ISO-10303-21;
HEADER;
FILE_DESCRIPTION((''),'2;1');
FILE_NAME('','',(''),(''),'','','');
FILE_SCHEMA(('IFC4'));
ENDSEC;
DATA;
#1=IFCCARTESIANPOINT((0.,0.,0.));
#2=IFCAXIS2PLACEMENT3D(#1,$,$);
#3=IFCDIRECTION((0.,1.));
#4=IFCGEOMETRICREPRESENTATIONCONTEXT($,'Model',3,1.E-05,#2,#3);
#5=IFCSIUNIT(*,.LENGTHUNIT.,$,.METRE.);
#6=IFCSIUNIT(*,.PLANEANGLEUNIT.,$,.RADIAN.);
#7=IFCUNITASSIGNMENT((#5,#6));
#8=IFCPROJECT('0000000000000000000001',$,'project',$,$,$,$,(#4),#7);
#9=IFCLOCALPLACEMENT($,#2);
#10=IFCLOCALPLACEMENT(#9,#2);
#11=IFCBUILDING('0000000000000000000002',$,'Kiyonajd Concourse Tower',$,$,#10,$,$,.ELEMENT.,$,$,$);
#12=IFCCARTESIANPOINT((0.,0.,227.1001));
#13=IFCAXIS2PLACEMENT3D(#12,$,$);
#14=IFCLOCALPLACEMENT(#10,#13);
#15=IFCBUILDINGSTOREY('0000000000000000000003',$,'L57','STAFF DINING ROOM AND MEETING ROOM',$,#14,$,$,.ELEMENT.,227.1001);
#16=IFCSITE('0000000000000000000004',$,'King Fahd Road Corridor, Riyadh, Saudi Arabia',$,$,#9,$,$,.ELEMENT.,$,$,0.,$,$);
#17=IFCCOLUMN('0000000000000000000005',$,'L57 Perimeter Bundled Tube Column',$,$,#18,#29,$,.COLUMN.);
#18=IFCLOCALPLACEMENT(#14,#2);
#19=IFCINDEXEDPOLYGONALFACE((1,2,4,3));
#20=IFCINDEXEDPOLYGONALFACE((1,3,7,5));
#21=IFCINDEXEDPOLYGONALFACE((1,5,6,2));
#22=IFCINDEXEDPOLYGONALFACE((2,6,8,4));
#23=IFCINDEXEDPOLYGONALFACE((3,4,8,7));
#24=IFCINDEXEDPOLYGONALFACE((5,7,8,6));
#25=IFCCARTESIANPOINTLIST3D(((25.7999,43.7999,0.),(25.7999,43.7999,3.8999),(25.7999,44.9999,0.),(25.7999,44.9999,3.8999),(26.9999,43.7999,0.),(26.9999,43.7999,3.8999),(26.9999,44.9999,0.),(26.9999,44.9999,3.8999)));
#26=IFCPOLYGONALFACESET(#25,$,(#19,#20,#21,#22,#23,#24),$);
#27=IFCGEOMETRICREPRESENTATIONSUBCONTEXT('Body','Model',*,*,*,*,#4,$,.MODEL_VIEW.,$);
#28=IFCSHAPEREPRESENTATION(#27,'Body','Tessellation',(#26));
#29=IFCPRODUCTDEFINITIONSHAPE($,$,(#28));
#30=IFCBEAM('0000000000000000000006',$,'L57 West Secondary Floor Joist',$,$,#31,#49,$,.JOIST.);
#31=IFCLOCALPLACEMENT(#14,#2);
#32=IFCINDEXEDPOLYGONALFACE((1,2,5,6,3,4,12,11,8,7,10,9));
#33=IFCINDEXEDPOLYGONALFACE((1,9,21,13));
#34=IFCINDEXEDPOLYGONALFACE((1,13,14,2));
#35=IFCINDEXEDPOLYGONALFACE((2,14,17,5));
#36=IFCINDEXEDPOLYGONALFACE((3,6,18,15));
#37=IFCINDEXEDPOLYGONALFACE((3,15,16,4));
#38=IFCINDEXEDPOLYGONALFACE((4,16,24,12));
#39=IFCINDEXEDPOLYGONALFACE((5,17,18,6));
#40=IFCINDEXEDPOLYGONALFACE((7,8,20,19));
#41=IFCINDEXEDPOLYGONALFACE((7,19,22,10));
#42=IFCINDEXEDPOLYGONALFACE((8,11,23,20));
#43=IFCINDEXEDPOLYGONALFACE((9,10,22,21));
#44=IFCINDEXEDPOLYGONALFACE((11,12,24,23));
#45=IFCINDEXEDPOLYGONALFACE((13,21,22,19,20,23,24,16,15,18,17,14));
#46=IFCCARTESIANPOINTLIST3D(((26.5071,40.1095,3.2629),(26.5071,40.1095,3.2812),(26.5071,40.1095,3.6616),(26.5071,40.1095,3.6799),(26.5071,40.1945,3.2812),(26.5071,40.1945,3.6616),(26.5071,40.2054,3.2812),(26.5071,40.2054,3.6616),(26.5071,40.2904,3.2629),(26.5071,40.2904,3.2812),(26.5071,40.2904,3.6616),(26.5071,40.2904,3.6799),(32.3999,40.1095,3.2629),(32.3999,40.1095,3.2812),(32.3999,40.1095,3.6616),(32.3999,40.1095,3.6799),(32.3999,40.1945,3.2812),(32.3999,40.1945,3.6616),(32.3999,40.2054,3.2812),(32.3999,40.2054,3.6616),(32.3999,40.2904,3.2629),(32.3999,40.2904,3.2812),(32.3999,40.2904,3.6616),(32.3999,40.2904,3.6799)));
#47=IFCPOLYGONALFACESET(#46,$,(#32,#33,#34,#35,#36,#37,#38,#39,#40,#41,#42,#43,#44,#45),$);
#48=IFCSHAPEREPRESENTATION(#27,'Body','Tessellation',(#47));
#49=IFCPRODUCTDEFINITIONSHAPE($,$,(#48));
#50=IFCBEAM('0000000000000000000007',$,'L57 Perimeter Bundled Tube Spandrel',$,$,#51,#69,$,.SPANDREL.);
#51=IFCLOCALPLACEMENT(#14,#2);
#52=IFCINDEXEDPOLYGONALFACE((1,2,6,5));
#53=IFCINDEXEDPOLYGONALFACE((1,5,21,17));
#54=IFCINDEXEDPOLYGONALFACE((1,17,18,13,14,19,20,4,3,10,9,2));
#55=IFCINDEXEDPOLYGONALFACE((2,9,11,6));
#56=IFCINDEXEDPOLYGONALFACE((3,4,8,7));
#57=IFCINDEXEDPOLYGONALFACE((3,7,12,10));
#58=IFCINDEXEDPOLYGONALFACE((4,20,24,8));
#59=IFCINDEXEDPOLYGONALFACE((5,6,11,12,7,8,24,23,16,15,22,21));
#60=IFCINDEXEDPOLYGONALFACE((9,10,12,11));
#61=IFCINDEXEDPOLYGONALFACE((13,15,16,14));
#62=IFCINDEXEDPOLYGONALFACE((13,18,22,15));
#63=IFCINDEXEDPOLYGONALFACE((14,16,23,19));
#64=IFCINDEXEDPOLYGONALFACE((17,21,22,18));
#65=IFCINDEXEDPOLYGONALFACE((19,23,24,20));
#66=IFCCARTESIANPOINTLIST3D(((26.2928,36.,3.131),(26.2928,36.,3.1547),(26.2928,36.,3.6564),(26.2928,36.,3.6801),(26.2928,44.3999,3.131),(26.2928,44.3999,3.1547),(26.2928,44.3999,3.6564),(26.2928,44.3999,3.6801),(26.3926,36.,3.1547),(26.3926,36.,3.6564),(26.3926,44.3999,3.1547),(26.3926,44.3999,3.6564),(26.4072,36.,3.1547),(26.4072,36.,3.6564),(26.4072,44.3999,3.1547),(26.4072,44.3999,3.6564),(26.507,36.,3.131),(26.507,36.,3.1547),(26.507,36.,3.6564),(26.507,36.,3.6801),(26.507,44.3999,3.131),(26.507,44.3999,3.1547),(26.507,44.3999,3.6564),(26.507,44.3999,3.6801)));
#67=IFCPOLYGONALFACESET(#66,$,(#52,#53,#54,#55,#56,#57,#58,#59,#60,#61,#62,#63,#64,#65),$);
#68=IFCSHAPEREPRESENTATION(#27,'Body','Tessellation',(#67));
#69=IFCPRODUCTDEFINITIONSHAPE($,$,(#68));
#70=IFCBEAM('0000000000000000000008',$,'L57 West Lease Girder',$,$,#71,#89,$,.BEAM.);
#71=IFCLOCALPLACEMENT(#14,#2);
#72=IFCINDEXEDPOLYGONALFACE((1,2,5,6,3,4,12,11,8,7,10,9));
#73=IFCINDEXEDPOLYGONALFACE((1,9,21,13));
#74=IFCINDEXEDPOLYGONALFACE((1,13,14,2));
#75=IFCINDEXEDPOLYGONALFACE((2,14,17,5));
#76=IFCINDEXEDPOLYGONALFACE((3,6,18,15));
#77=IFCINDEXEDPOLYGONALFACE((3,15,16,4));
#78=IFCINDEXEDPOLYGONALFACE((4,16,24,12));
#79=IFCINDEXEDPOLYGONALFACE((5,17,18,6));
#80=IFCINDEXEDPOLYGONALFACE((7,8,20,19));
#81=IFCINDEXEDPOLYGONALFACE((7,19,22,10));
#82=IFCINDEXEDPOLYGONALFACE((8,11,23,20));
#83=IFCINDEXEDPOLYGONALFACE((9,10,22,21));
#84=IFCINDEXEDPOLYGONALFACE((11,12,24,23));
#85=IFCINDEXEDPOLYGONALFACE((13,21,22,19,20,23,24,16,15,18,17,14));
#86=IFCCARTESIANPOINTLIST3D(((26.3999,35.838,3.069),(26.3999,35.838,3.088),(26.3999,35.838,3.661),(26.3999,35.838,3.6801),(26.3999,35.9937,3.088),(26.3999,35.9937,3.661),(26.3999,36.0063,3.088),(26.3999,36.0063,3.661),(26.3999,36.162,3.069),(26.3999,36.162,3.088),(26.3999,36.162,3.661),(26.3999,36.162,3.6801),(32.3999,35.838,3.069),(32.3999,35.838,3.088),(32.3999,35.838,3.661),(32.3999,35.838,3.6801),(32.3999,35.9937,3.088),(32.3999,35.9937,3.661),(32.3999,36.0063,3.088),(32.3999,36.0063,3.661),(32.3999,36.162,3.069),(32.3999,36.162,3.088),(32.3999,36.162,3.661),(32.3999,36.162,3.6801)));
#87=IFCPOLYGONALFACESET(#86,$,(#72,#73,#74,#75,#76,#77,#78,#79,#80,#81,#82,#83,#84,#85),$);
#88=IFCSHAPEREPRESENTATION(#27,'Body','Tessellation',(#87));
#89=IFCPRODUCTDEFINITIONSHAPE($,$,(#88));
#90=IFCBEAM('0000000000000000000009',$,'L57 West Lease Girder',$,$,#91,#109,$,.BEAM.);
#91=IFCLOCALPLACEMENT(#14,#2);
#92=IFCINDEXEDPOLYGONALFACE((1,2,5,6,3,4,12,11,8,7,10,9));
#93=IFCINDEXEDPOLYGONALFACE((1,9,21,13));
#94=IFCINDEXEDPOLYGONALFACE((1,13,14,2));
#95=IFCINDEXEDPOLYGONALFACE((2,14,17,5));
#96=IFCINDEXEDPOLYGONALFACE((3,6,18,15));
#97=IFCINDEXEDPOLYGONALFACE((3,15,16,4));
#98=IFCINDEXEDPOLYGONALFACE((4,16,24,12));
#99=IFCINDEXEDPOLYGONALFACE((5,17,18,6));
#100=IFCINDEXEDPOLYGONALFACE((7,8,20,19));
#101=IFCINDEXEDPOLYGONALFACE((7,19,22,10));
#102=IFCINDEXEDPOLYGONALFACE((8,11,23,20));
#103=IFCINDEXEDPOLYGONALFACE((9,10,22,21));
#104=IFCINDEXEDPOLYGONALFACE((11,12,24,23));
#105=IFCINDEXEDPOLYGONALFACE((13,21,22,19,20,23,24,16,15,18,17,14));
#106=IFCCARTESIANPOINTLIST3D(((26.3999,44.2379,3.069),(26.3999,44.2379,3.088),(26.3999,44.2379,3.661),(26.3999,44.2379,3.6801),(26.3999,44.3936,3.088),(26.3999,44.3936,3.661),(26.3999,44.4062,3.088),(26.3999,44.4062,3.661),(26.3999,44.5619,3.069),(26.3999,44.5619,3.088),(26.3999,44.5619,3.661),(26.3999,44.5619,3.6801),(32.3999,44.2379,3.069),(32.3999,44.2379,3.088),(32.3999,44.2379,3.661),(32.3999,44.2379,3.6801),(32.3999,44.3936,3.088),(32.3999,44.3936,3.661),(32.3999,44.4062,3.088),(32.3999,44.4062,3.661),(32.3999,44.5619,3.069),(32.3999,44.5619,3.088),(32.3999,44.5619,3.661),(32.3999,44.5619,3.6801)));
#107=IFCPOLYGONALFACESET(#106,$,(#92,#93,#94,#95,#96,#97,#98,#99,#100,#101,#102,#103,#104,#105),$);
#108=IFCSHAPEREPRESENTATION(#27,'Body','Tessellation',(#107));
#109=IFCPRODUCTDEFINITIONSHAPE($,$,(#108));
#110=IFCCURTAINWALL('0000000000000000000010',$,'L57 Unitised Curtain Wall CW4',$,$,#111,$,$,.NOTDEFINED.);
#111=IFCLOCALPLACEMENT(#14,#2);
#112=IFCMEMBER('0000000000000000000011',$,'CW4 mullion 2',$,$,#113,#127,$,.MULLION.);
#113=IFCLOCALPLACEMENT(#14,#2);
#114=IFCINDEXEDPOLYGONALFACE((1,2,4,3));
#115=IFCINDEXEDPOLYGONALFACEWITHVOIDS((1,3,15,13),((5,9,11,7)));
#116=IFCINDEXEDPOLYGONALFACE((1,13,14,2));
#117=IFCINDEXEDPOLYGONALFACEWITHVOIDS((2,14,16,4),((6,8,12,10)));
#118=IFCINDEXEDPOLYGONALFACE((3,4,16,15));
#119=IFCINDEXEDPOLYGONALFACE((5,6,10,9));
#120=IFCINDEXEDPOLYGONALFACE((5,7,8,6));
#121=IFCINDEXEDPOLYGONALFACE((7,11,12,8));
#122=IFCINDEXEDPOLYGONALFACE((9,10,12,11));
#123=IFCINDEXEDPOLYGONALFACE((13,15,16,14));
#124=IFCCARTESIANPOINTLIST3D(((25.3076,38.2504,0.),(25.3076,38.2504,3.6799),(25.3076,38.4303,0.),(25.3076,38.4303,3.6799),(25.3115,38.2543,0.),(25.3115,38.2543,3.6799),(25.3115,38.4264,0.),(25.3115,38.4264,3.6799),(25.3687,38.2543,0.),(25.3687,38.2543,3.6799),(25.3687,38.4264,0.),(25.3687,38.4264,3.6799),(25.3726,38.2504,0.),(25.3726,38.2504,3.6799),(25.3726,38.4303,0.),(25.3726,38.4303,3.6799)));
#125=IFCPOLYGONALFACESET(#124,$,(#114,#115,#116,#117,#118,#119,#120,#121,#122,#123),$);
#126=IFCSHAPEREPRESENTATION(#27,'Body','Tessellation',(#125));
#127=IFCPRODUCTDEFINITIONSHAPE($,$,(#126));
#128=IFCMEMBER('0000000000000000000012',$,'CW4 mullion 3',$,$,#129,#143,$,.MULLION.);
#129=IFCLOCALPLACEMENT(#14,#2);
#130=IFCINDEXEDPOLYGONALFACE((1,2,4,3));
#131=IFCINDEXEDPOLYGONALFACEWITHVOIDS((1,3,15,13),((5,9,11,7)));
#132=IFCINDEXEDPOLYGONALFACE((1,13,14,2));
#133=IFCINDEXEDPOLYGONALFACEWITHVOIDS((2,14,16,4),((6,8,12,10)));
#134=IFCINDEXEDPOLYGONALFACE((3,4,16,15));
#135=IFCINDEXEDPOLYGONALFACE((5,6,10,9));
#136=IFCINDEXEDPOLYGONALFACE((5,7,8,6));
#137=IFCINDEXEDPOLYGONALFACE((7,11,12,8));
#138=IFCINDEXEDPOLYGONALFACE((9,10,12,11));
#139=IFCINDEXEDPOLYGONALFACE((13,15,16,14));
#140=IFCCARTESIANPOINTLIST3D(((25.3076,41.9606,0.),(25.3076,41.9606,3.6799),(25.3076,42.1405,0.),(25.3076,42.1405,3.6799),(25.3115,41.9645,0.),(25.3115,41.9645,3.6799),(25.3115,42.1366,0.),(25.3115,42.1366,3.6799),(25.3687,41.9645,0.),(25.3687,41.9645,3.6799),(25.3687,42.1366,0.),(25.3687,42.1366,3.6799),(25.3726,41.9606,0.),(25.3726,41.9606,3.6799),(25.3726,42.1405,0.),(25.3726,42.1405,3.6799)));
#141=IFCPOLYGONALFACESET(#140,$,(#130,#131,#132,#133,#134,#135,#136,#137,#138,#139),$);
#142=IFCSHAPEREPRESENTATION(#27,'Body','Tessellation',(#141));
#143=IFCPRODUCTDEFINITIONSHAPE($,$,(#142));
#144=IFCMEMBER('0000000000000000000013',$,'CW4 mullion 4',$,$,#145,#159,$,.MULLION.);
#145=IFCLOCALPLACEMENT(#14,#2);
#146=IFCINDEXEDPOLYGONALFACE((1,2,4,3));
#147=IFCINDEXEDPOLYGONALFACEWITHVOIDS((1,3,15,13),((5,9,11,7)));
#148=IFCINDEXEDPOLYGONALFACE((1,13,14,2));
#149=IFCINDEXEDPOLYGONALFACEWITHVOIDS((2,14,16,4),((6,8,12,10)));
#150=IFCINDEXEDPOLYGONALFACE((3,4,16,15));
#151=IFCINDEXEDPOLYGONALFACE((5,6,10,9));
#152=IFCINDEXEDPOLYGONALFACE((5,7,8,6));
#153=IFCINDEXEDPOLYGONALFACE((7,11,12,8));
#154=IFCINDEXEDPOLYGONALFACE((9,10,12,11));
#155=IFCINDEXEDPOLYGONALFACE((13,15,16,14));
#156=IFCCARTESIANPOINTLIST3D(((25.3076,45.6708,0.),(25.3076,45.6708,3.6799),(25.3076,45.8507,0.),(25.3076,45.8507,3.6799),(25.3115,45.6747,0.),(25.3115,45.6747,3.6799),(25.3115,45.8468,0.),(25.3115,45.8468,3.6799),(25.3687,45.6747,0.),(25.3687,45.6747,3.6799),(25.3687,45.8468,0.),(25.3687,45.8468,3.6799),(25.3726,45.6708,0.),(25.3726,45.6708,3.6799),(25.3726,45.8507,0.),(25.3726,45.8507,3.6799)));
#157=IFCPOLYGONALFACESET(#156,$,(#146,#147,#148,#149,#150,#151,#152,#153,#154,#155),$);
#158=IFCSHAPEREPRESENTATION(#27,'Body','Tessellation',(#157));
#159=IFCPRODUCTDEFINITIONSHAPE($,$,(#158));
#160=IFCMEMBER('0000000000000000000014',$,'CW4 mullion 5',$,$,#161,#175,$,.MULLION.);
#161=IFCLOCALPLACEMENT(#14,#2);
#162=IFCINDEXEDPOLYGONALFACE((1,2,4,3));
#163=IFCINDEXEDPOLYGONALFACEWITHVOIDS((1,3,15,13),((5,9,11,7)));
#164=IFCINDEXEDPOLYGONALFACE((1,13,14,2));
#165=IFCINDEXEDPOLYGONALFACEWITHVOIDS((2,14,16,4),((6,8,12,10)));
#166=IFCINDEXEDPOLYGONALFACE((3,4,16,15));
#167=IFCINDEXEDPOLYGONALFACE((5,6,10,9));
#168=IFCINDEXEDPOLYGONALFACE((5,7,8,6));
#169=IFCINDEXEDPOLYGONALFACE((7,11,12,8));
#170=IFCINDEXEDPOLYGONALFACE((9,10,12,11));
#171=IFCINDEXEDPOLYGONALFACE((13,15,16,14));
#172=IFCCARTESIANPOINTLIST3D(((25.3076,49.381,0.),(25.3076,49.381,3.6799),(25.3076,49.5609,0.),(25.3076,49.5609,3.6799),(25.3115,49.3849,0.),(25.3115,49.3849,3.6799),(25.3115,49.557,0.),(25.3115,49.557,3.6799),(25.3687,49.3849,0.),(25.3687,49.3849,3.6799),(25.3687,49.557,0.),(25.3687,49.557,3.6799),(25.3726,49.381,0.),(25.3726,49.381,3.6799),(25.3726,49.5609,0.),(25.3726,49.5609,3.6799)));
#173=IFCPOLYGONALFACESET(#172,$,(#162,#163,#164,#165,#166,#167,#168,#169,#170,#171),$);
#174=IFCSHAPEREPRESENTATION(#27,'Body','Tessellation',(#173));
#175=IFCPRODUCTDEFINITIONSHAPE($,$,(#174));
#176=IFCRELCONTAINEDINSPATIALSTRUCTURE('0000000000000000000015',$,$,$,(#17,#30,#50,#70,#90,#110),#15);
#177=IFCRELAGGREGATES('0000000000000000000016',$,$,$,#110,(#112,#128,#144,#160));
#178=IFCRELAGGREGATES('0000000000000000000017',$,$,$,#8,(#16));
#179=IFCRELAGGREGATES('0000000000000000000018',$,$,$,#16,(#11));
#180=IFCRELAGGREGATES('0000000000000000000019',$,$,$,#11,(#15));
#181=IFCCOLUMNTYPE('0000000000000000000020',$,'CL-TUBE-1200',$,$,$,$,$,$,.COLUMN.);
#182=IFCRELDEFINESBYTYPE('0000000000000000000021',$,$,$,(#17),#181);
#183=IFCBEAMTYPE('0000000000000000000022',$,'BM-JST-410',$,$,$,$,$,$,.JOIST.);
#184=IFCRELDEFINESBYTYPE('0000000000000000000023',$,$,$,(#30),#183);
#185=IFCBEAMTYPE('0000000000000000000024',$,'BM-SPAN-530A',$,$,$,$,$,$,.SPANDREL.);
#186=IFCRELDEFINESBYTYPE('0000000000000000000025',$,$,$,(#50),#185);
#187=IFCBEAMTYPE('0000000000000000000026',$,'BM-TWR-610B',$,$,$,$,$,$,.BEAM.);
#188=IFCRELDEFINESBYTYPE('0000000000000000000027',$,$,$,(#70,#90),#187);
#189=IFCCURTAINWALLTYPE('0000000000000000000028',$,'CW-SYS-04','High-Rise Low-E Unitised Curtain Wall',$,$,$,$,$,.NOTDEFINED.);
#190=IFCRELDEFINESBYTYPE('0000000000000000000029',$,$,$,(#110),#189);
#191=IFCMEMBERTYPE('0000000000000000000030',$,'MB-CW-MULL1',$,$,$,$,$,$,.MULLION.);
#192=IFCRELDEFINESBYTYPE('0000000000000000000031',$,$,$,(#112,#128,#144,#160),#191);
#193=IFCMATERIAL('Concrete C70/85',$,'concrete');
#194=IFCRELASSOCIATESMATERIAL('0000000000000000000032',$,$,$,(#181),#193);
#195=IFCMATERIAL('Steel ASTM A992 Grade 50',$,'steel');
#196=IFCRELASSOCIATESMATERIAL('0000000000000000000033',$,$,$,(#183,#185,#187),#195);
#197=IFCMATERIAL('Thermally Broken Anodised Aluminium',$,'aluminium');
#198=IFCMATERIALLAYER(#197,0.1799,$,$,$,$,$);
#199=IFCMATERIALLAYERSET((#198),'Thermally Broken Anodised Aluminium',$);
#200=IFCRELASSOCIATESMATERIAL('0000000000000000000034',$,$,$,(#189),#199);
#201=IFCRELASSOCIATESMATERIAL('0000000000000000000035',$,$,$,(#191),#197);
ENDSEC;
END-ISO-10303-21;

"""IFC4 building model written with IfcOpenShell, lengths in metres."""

from ifc_helpers import new_model, si_unit, direction, frame, origin, origin_2d, place, context, subcontext, project, spatial, rectangle, hollow_rectangle, i_section, extrude, material, layer, layer_set, material_profile, profile_set, type_object, element, aggregate, save


model = new_model("IFC4")

# Units and contexts
model_context = context("Model", 3, precision=1e-05, world=origin(), true_north=direction((0.0, 1.0)))
body_context = subcontext(model_context, "Body", "Model", "MODEL_VIEW")
ifc_project = project(units=[si_unit("LENGTHUNIT", "METRE"), si_unit("PLANEANGLEUNIT", "RADIAN")], contexts=[model_context])

# Site, building, storey
site_placement = place(None, origin())
site = spatial("IfcSite", under=ifc_project, at=site_placement, Name="King Fahd Road Corridor, Riyadh, Saudi Arabia", CompositionType="ELEMENT", RefElevation=0.0)
building_placement = place(site_placement, origin())
building = spatial("IfcBuilding", under=site, at=building_placement, Name="Kiyonajd Concourse Tower", CompositionType="ELEMENT")
storey_placement = place(building_placement, frame((0.0, 0.0, 227.1001)))
storey = spatial("IfcBuildingStorey", under=building, at=storey_placement, Name="L57", Description="STAFF DINING ROOM AND MEETING ROOM", CompositionType="ELEMENT", Elevation=227.1001)

# Column
ifc_material_1 = material(Name="Concrete C70/85", Category="concrete")
ifc_material_profile_1 = material_profile(ifc_material_1, rectangle(XDim=1.2, YDim=1.2, at=origin_2d()), Name="RC-1200x1200")
ifc_profile_set_1 = profile_set([ifc_material_profile_1], Name="Concrete C70/85")
column_type = type_object("IfcColumnType", Name="CL-TUBE-1200", PredefinedType="COLUMN", material=ifc_profile_set_1)
column_placement = place(storey_placement, frame((26.3999, 44.3999, 0.0), z_axis=(0.0, 0.0, 1.0), x_axis=(1.0, 0.0, 0.0)))
element("IfcColumn", 1, at=column_placement, inside=storey, type_object=column_type, Name="L57 Perimeter Bundled Tube Column", PredefinedType="COLUMN", context=body_context, shape_type="SweptSolid", body=[
    extrude(rectangle(XDim=1.2, YDim=1.2, at=origin_2d()), origin(), (0.0, 0.0, 1.0), 3.8999),
])

# Beams
ifc_material_2 = material(Name="Steel ASTM A992 Grade 50", Category="steel")
ifc_material_profile_2 = material_profile(ifc_material_2, i_section(OverallWidth=0.1809, OverallDepth=0.417, WebThickness=0.011, FlangeThickness=0.0183, at=origin_2d()), Name="W410X85")
ifc_profile_set_2 = profile_set([ifc_material_profile_2], Name="Steel ASTM A992 Grade 50")
beam_type_1 = type_object("IfcBeamType", Name="BM-JST-410", PredefinedType="JOIST", material=ifc_profile_set_2)
beam_1_placement = place(storey_placement, frame((26.5071, 40.2, 3.4714), z_axis=(1.0, 0.0, 0.0), x_axis=(0.0, 1.0, 0.0)))
element("IfcBeam", 2, at=beam_1_placement, inside=storey, type_object=beam_type_1, Name="L57 West Secondary Floor Joist", PredefinedType="JOIST", context=body_context, shape_type="SweptSolid", body=[
    extrude(i_section(OverallWidth=0.1809, OverallDepth=0.417, WebThickness=0.011, FlangeThickness=0.0183, at=origin_2d()), origin(), (0.0, 0.0, 1.0), 5.8928),
])
ifc_material_profile_3 = material_profile(ifc_material_2, i_section(OverallWidth=0.2141, OverallDepth=0.5491, WebThickness=0.0146, FlangeThickness=0.0237, at=origin_2d()), Name="W530X138")
ifc_profile_set_3 = profile_set([ifc_material_profile_3], Name="Steel ASTM A992 Grade 50")
beam_type_2 = type_object("IfcBeamType", Name="BM-SPAN-530A", PredefinedType="SPANDREL", material=ifc_profile_set_3)
beam_2_placement = place(storey_placement, frame((26.3999, 44.3999, 3.4055), z_axis=(0.0, -1.0, 0.0), x_axis=(1.0, 0.0, 0.0)))
element("IfcBeam", 3, at=beam_2_placement, inside=storey, type_object=beam_type_2, Name="L57 Perimeter Bundled Tube Spandrel", PredefinedType="SPANDREL", context=body_context, shape_type="SweptSolid", body=[
    extrude(i_section(OverallWidth=0.2141, OverallDepth=0.5491, WebThickness=0.0146, FlangeThickness=0.0237, at=origin_2d()), origin(), (0.0, 0.0, 1.0), 8.3999),
])
ifc_material_profile_4 = material_profile(ifc_material_2, i_section(OverallWidth=0.324, OverallDepth=0.6111, WebThickness=0.0127, FlangeThickness=0.019, at=origin_2d()), Name="W610X155")
ifc_profile_set_4 = profile_set([ifc_material_profile_4], Name="Steel ASTM A992 Grade 50")
beam_type_3 = type_object("IfcBeamType", Name="BM-TWR-610B", PredefinedType="BEAM", material=ifc_profile_set_4)
for number, where, z_axis, x_axis, name in (
    (4, (26.3999, 36.0, 3.3745), (1.0, 0.0, 0.0), (0.0, 1.0, 0.0), "L57 West Lease Girder"),
    (5, (26.3999, 44.3999, 3.3745), (1.0, 0.0, 0.0), (0.0, 1.0, 0.0), "L57 West Lease Girder"),
):
    element("IfcBeam", number, at=place(storey_placement, frame(where, z_axis=z_axis, x_axis=x_axis)), inside=storey, type_object=beam_type_3, Name=name, PredefinedType="BEAM", context=body_context, shape_type="SweptSolid", body=[
        extrude(i_section(OverallWidth=0.324, OverallDepth=0.6111, WebThickness=0.0127, FlangeThickness=0.019, at=origin_2d()), origin(), (0.0, 0.0, 1.0), 6.0),
    ])

# Curtain wall, members
ifc_material_3 = material(Name="Thermally Broken Anodised Aluminium", Category="aluminium")
ifc_layer_1 = layer(ifc_material_3, 0.1799)
ifc_layer_set_1 = layer_set([ifc_layer_1], Name="Thermally Broken Anodised Aluminium")
curtain_wall_type = type_object("IfcCurtainWallType", Name="CW-SYS-04", Description="High-Rise Low-E Unitised Curtain Wall", PredefinedType="NOTDEFINED", material=ifc_layer_set_1)
curtain_wall_placement = place(storey_placement, origin())
curtain_wall = element("IfcCurtainWall", 6, at=curtain_wall_placement, inside=storey, type_object=curtain_wall_type, Name="L57 Unitised Curtain Wall CW4", PredefinedType="NOTDEFINED")
ifc_material_profile_5 = material_profile(ifc_material_3, hollow_rectangle(XDim=0.0649, YDim=0.1799, WallThickness=0.0039, at=origin_2d()), Name="MULL-65x180")
ifc_profile_set_5 = profile_set([ifc_material_profile_5], Name="Thermally Broken Anodised Aluminium")
member_type_1 = type_object("IfcMemberType", Name="MB-CW-MULL1", PredefinedType="MULLION", material=ifc_profile_set_5)
member_1_placement = place(storey_placement, frame((25.3401, 38.3403, 0.0), z_axis=(0.0, 0.0, 1.0), x_axis=(-1.0, 0.0, 0.0)))
member_1 = element("IfcMember", 7, at=member_1_placement, type_object=member_type_1, Name="CW4 mullion 2", PredefinedType="MULLION", context=body_context, shape_type="SweptSolid", body=[
    extrude(hollow_rectangle(XDim=0.0649, YDim=0.1799, WallThickness=0.0039, at=origin_2d()), origin(), (0.0, 0.0, 1.0), 3.6799),
])
member_2_placement = place(storey_placement, frame((25.3401, 42.0505, 0.0), z_axis=(0.0, 0.0, 1.0), x_axis=(-1.0, 0.0, 0.0)))
member_2 = element("IfcMember", 8, at=member_2_placement, type_object=member_type_1, Name="CW4 mullion 3", PredefinedType="MULLION", context=body_context, shape_type="SweptSolid", body=[
    extrude(hollow_rectangle(XDim=0.0649, YDim=0.1799, WallThickness=0.0039, at=origin_2d()), origin(), (0.0, 0.0, 1.0), 3.6799),
])
member_3_placement = place(storey_placement, frame((25.3401, 45.7607, 0.0), z_axis=(0.0, 0.0, 1.0), x_axis=(-1.0, 0.0, 0.0)))
member_3 = element("IfcMember", 9, at=member_3_placement, type_object=member_type_1, Name="CW4 mullion 4", PredefinedType="MULLION", context=body_context, shape_type="SweptSolid", body=[
    extrude(hollow_rectangle(XDim=0.0649, YDim=0.1799, WallThickness=0.0039, at=origin_2d()), origin(), (0.0, 0.0, 1.0), 3.6799),
])
member_4_placement = place(storey_placement, frame((25.3401, 49.4709, 0.0), z_axis=(0.0, 0.0, 1.0), x_axis=(-1.0, 0.0, 0.0)))
member_4 = element("IfcMember", 10, at=member_4_placement, type_object=member_type_1, Name="CW4 mullion 5", PredefinedType="MULLION", context=body_context, shape_type="SweptSolid", body=[
    extrude(hollow_rectangle(XDim=0.0649, YDim=0.1799, WallThickness=0.0039, at=origin_2d()), origin(), (0.0, 0.0, 1.0), 3.6799),
])
aggregate(curtain_wall, [member_1, member_2, member_3, member_4])

save(model, "model.ifc")
